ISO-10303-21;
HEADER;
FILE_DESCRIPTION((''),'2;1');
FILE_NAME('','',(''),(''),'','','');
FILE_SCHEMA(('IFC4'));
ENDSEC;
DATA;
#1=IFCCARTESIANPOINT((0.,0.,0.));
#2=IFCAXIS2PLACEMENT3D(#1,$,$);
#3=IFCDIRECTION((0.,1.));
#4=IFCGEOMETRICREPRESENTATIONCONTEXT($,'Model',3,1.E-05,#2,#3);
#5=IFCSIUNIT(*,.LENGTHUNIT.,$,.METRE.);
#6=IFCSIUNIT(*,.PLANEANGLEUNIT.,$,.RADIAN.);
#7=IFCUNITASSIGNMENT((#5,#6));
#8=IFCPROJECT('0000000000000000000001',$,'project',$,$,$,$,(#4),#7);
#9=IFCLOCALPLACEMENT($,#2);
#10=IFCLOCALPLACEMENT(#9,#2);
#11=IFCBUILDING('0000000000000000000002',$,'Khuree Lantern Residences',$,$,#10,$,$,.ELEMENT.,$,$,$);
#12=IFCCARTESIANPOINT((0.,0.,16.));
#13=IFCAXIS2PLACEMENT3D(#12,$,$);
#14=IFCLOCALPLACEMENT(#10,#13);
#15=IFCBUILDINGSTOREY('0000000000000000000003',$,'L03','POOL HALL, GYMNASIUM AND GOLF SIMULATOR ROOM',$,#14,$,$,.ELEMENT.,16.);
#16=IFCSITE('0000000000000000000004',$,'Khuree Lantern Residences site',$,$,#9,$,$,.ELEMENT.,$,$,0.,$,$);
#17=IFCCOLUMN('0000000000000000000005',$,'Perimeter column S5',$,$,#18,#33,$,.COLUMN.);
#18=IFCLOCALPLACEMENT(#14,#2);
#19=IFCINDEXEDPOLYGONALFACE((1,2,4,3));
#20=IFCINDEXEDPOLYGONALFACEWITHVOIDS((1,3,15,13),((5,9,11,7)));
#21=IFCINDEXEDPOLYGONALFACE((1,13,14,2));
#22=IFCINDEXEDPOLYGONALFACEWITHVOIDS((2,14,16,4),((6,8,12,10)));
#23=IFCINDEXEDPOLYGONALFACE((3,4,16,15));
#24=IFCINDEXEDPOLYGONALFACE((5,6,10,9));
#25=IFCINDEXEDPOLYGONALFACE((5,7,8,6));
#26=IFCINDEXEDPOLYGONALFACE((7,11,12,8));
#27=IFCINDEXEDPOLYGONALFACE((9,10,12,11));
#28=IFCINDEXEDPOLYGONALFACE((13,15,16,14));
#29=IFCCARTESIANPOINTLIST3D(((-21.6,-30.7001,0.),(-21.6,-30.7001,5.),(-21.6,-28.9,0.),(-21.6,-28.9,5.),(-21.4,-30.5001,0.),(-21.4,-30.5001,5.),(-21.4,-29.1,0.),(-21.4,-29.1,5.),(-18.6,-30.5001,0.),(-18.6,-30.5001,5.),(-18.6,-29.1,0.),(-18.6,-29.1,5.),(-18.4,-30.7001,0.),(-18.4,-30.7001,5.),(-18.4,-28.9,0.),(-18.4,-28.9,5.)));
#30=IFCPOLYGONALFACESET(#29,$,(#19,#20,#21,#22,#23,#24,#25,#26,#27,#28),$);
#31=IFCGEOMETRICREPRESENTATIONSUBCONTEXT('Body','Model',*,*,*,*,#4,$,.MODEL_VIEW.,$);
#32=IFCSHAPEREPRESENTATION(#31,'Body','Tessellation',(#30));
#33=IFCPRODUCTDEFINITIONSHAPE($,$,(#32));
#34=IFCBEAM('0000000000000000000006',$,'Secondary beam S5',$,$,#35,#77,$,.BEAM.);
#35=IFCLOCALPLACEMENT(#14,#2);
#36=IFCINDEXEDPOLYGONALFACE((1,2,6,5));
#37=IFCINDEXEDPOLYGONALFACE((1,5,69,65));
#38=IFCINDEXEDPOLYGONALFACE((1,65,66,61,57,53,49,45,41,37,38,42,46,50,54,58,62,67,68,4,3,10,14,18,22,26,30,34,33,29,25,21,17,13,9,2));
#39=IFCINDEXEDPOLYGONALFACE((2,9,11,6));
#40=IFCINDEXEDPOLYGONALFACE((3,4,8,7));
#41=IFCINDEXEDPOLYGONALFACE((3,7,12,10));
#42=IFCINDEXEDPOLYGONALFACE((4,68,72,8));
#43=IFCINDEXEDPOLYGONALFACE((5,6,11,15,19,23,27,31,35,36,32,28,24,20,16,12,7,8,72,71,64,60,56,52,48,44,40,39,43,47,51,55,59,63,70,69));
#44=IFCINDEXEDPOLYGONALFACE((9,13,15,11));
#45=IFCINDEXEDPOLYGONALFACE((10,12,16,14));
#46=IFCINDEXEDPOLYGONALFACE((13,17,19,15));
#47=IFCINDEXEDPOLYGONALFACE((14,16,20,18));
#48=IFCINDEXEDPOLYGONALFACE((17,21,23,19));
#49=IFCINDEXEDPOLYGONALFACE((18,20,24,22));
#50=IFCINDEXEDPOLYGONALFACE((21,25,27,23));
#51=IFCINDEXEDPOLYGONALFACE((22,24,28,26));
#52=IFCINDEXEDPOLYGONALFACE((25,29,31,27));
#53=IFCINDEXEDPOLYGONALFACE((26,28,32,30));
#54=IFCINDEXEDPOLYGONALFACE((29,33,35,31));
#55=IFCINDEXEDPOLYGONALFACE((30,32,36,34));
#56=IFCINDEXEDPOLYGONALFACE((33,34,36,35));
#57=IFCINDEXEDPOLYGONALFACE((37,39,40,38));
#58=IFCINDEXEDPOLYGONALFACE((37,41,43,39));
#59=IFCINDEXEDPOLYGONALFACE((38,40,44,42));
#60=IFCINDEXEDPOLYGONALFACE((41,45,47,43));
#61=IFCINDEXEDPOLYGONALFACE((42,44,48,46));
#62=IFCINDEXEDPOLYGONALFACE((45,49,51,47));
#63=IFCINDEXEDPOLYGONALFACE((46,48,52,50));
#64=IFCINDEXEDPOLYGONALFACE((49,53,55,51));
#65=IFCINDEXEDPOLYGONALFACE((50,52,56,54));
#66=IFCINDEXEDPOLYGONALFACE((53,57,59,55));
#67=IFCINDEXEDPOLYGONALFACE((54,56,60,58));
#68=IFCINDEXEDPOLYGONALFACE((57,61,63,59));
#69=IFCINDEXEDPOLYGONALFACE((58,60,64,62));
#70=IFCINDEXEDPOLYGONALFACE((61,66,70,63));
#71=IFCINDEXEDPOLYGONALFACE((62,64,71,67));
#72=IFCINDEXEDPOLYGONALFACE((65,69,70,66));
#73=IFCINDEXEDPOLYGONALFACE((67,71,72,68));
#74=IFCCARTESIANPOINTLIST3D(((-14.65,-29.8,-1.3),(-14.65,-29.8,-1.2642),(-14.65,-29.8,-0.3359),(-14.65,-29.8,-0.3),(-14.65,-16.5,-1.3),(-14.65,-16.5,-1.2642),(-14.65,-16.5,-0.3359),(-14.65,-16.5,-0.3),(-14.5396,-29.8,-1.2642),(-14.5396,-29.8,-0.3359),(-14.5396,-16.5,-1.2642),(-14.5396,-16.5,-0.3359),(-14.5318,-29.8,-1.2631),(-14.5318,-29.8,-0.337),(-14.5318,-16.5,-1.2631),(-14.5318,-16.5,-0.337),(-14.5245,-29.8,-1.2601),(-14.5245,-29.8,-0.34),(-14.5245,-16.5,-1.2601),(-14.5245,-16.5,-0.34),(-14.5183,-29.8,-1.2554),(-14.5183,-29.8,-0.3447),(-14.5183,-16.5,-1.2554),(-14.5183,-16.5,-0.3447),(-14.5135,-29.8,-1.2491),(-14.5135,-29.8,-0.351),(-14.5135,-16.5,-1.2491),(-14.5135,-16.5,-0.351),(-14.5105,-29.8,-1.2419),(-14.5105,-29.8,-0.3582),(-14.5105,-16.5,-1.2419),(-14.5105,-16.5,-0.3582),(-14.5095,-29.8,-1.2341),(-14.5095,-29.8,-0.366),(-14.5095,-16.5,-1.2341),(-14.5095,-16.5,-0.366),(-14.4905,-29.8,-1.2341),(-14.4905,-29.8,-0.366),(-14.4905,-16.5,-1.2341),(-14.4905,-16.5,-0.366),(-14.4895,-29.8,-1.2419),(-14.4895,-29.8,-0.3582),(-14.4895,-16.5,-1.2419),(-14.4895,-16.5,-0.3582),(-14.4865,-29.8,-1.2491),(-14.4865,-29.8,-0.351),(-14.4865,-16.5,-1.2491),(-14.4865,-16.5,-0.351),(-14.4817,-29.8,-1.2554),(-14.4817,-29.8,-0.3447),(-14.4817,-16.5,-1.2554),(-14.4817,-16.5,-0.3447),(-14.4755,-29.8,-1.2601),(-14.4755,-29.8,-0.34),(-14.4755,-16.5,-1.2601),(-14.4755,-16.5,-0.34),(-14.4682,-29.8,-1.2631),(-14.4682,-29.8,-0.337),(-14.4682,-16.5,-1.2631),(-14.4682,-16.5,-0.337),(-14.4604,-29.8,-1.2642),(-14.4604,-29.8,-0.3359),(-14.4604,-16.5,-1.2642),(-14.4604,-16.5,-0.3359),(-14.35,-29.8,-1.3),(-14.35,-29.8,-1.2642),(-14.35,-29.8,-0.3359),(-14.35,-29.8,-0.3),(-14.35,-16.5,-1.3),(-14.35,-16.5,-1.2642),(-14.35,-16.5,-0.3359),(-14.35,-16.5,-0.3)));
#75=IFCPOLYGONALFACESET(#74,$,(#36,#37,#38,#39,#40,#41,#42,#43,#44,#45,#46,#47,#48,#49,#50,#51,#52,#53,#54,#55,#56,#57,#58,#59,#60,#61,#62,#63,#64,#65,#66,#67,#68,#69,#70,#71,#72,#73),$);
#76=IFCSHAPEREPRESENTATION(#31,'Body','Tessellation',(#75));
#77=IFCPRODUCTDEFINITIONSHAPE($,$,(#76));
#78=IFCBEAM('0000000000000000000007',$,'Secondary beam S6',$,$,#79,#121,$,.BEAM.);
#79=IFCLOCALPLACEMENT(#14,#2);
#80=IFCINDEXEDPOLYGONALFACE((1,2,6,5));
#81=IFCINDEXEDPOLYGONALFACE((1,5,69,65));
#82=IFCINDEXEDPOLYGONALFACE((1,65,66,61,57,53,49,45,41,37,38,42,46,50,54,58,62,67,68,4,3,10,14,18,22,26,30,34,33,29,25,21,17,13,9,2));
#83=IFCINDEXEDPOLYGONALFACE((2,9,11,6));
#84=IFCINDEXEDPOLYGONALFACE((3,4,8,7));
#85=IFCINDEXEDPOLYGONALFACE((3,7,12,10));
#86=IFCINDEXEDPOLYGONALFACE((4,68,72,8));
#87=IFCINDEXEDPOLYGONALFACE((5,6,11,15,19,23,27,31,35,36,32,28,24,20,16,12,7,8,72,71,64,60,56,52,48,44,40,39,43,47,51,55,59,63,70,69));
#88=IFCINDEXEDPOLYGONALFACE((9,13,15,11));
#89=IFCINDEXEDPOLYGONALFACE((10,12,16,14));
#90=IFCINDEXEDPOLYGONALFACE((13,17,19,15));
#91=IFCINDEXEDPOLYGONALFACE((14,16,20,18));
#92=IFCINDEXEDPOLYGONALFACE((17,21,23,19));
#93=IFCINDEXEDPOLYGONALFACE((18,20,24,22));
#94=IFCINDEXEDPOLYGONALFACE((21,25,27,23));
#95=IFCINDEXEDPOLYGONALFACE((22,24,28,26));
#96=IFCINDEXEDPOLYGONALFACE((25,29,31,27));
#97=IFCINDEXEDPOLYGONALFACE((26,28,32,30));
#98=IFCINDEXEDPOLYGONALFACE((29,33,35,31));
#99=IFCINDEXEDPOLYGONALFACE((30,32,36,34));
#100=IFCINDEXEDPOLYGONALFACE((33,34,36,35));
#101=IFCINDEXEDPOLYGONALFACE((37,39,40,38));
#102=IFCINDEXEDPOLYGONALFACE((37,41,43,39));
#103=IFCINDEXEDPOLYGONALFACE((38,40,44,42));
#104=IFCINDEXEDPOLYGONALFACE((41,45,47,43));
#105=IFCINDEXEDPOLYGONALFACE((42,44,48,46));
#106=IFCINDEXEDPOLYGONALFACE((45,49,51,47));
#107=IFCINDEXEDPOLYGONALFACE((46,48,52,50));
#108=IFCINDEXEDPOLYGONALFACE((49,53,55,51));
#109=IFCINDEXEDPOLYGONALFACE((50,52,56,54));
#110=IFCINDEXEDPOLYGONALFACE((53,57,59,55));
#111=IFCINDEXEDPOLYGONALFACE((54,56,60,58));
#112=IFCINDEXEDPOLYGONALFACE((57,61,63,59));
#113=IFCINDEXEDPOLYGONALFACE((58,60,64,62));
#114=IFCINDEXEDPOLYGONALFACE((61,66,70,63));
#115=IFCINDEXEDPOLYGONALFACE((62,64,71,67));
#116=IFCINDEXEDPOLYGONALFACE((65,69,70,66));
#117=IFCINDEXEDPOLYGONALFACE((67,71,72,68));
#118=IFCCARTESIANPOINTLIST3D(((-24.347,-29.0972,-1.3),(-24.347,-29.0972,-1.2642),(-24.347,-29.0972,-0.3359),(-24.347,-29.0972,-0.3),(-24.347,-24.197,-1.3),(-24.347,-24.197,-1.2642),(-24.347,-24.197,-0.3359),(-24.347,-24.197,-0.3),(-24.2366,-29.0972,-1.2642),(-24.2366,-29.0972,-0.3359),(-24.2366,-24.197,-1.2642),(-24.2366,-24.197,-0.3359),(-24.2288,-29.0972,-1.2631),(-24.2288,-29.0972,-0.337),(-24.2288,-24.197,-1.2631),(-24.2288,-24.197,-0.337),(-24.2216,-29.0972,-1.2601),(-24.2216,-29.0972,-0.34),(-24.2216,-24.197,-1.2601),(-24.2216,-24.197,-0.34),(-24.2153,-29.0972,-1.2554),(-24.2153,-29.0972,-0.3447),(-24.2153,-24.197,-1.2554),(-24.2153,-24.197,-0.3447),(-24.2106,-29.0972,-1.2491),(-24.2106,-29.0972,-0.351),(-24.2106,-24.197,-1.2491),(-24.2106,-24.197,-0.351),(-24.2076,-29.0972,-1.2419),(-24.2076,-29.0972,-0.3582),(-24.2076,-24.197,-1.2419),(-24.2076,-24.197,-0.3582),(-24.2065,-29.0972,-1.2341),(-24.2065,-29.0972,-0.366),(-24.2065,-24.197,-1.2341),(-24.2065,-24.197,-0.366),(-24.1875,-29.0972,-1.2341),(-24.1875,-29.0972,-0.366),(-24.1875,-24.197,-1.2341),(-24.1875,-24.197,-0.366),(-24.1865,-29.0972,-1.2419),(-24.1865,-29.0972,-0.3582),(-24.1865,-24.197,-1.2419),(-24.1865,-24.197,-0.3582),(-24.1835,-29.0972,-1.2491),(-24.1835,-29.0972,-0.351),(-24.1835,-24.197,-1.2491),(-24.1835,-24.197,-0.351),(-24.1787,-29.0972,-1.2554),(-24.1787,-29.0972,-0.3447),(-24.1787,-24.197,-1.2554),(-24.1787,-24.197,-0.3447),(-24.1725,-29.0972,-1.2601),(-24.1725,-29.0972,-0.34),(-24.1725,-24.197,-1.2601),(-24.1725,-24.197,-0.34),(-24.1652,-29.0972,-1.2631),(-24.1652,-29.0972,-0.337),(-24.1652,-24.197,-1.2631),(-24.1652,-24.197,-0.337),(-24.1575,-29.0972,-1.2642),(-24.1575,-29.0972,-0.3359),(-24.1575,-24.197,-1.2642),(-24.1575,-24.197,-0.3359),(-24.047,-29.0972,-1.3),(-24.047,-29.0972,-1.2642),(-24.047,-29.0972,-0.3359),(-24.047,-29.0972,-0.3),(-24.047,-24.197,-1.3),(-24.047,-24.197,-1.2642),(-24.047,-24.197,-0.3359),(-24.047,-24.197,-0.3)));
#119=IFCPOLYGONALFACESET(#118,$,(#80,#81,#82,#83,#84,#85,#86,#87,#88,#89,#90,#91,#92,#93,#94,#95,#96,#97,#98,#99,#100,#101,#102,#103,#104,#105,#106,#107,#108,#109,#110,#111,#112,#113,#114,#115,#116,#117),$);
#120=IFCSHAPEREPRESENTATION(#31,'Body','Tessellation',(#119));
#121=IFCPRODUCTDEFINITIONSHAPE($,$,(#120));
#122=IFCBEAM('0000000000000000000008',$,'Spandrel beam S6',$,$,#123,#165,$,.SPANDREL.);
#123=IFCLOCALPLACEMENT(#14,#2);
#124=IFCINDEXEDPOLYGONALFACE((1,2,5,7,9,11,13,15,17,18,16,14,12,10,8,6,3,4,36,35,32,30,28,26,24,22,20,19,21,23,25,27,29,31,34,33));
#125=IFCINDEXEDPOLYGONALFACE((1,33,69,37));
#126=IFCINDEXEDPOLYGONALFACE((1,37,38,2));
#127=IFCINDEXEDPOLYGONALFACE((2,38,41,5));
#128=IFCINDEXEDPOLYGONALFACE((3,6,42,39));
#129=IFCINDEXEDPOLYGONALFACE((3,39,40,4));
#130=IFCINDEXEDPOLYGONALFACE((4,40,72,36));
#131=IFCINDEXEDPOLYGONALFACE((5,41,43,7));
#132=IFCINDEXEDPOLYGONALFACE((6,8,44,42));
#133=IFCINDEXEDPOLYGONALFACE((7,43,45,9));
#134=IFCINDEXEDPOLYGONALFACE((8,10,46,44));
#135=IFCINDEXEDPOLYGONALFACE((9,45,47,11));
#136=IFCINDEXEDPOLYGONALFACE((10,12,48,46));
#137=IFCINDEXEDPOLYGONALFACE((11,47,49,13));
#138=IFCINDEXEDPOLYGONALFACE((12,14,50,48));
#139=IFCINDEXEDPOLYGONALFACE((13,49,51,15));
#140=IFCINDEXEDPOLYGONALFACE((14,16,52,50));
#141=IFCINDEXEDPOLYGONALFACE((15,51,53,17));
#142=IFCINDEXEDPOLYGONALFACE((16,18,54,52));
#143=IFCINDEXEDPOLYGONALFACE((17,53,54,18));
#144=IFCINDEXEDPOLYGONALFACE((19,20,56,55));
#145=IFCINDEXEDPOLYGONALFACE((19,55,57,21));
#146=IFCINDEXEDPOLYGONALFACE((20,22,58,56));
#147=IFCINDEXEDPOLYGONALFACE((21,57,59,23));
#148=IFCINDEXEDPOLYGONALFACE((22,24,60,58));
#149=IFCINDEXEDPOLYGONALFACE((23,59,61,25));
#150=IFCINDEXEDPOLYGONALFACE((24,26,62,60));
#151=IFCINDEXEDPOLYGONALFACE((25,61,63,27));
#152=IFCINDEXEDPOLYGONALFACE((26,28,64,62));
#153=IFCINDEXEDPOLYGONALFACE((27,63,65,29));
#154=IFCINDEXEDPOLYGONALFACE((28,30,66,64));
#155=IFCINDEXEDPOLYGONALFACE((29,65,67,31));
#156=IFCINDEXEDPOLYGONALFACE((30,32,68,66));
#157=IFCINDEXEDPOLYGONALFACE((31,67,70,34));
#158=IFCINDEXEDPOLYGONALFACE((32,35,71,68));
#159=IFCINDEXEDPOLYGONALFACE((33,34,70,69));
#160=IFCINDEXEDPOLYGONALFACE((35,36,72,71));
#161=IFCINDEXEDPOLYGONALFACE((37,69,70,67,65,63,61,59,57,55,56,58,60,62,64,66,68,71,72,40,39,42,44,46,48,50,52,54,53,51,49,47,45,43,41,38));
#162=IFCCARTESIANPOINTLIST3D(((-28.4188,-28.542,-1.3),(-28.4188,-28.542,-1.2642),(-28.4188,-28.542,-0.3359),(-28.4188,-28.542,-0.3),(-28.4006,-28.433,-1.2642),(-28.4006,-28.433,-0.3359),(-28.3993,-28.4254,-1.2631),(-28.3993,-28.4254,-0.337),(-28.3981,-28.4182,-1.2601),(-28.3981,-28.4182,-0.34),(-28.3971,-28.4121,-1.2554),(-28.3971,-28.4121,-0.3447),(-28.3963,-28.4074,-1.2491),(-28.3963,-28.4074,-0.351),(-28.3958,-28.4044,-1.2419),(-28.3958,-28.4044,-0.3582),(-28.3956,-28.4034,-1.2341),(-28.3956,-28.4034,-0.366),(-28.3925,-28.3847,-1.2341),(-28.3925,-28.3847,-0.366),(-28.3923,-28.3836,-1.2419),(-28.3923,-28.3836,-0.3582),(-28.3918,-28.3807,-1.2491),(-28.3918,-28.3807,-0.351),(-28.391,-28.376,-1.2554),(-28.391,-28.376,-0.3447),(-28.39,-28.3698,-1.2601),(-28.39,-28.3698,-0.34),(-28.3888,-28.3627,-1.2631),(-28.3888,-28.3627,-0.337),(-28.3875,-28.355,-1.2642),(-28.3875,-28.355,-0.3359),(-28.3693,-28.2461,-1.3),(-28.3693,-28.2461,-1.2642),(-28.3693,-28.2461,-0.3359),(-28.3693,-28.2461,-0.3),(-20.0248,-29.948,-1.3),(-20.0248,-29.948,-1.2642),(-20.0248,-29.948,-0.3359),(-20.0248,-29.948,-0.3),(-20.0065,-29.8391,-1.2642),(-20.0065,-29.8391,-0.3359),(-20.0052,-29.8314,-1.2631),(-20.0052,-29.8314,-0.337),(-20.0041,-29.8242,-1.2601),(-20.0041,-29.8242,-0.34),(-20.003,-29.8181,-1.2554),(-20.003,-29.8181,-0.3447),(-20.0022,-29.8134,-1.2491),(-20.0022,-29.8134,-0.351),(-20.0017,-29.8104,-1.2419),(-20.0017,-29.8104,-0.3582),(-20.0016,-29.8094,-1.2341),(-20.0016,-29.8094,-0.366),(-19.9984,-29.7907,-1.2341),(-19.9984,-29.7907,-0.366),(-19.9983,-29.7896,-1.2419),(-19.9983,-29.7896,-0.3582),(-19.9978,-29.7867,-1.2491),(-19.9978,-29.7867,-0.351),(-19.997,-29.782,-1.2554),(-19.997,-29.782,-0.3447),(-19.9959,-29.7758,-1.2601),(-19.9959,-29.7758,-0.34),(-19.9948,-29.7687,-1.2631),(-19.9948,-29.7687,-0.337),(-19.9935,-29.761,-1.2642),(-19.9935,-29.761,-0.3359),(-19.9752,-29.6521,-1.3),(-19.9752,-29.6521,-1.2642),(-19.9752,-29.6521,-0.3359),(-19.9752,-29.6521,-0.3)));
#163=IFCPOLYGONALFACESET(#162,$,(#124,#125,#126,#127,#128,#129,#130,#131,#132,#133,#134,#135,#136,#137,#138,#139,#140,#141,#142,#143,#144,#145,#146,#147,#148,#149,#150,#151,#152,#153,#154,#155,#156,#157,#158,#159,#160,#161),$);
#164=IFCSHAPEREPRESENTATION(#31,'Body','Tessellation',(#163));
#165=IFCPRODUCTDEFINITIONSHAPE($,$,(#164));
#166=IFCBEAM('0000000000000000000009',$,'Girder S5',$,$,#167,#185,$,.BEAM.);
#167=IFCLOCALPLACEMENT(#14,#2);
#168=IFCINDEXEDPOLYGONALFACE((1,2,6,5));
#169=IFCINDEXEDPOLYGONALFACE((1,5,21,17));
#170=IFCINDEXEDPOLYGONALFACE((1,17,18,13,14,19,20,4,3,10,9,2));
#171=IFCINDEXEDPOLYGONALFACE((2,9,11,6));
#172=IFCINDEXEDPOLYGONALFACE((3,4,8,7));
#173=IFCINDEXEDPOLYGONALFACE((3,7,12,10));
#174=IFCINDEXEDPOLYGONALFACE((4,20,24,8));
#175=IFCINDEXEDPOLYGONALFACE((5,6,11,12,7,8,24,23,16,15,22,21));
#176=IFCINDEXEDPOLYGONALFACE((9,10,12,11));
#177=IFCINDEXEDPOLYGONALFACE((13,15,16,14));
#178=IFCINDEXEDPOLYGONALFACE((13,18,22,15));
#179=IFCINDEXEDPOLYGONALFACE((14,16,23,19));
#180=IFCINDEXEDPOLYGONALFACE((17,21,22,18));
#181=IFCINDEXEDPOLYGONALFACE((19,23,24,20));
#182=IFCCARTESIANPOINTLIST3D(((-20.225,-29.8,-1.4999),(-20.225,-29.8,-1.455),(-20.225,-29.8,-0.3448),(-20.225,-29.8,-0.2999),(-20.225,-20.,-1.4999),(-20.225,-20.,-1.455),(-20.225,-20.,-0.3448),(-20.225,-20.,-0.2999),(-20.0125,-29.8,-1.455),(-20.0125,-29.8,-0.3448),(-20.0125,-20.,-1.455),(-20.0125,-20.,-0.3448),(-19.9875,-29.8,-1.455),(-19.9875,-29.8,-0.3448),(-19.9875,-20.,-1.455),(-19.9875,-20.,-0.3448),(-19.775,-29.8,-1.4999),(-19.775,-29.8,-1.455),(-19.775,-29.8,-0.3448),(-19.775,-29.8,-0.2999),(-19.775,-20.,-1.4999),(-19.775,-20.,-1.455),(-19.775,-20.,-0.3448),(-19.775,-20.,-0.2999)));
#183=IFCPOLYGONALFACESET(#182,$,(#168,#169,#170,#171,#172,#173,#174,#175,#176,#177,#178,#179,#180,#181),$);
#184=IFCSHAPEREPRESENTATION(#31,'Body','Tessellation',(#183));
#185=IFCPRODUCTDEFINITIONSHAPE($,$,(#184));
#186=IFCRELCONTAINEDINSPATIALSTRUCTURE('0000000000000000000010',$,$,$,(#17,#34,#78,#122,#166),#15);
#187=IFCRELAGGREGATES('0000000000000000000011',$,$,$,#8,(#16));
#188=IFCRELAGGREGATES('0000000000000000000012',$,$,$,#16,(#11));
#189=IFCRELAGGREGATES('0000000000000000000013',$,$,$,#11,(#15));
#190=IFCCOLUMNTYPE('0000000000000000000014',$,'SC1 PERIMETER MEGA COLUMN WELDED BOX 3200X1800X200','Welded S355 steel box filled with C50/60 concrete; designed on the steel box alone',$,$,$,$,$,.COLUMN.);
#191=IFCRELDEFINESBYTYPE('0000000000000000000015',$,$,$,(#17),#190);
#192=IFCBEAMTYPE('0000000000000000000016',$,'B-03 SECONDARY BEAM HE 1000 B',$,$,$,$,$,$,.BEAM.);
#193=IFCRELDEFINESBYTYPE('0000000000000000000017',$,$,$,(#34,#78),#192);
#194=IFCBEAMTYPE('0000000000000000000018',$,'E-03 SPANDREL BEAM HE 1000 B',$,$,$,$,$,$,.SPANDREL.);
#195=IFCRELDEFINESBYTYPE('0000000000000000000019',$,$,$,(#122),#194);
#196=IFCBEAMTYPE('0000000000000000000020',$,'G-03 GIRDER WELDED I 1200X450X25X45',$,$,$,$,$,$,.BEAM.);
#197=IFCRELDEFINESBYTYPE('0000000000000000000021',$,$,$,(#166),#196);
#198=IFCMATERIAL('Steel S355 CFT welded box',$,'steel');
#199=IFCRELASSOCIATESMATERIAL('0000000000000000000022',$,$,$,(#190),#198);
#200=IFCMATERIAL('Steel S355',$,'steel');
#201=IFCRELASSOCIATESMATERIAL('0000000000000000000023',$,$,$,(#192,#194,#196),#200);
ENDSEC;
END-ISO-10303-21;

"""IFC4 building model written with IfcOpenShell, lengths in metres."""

from ifc_helpers import new_model, si_unit, direction, frame, origin, origin_2d, place, context, subcontext, project, spatial, hollow_rectangle, i_section, extrude, material, material_profile, profile_set, type_object, element, save


model = new_model("IFC4")

# Units and contexts
model_context = context("Model", 3, precision=1e-05, world=origin(), true_north=direction((0.0, 1.0)))
body_context = subcontext(model_context, "Body", "Model", "MODEL_VIEW")
ifc_project = project(units=[si_unit("LENGTHUNIT", "METRE"), si_unit("PLANEANGLEUNIT", "RADIAN")], contexts=[model_context])

# Site, building, storey
site_placement = place(None, origin())
site = spatial("IfcSite", under=ifc_project, at=site_placement, Name="Khuree Lantern Residences site", CompositionType="ELEMENT", RefElevation=0.0)
building_placement = place(site_placement, origin())
building = spatial("IfcBuilding", under=site, at=building_placement, Name="Khuree Lantern Residences", CompositionType="ELEMENT")
storey_placement = place(building_placement, frame((0.0, 0.0, 16.0)))
storey = spatial("IfcBuildingStorey", under=building, at=storey_placement, Name="L03", Description="POOL HALL, GYMNASIUM AND GOLF SIMULATOR ROOM", CompositionType="ELEMENT", Elevation=16.0)

# Column
ifc_material_1 = material(Name="Steel S355 CFT welded box", Category="steel")
ifc_material_profile_1 = material_profile(ifc_material_1, hollow_rectangle(XDim=3.2, YDim=1.8, WallThickness=0.2, at=origin_2d()), Name="WELDED BOX 3200X1800X200")
ifc_profile_set_1 = profile_set([ifc_material_profile_1], Name="Steel S355 CFT welded box")
column_type = type_object("IfcColumnType", Name="SC1 PERIMETER MEGA COLUMN WELDED BOX 3200X1800X200", Description="Welded S355 steel box filled with C50/60 concrete; designed on the steel box alone", PredefinedType="COLUMN", material=ifc_profile_set_1)
column_placement = place(storey_placement, frame((-20.0, -29.8, 0.0), z_axis=(0.0, 0.0, 1.0), x_axis=(1.0, 0.0, 0.0)))
element("IfcColumn", 1, at=column_placement, inside=storey, type_object=column_type, Name="Perimeter column S5", PredefinedType="COLUMN", context=body_context, shape_type="SweptSolid", body=[
    extrude(hollow_rectangle(XDim=3.2, YDim=1.8, WallThickness=0.2, at=origin_2d()), origin(), (0.0, 0.0, 1.0), 5.0),
])

# Beams
ifc_material_2 = material(Name="Steel S355", Category="steel")
ifc_material_profile_2 = material_profile(ifc_material_2, i_section(OverallWidth=0.3, OverallDepth=1.0, WebThickness=0.019, FlangeThickness=0.0359, FilletRadius=0.03, at=origin_2d()), Name="HE 1000 B")
ifc_profile_set_2 = profile_set([ifc_material_profile_2], Name="Steel S355")
beam_type_1 = type_object("IfcBeamType", Name="B-03 SECONDARY BEAM HE 1000 B", PredefinedType="BEAM", material=ifc_profile_set_2)
beam_1_placement = place(storey_placement, frame((-14.5, -29.8, -0.8), z_axis=(0.0, 1.0, 0.0), x_axis=(-1.0, 0.0, 0.0)))
element("IfcBeam", 2, at=beam_1_placement, inside=storey, type_object=beam_type_1, Name="Secondary beam S5", PredefinedType="BEAM", context=body_context, shape_type="SweptSolid", body=[
    extrude(i_section(OverallWidth=0.3, OverallDepth=1.0, WebThickness=0.019, FlangeThickness=0.0359, FilletRadius=0.03, at=origin_2d()), origin(), (0.0, 0.0, 1.0), 13.3),
])
beam_2_placement = place(storey_placement, frame((-24.197, -29.0972, -0.8), z_axis=(0.0, 1.0, 0.0), x_axis=(-1.0, 0.0, 0.0)))
element("IfcBeam", 3, at=beam_2_placement, inside=storey, type_object=beam_type_1, Name="Secondary beam S6", PredefinedType="BEAM", context=body_context, shape_type="SweptSolid", body=[
    extrude(i_section(OverallWidth=0.3, OverallDepth=1.0, WebThickness=0.019, FlangeThickness=0.0359, FilletRadius=0.03, at=origin_2d()), origin(), (0.0, 0.0, 1.0), 4.9001),
])
ifc_material_profile_3 = material_profile(ifc_material_2, i_section(OverallWidth=0.3, OverallDepth=1.0, WebThickness=0.019, FlangeThickness=0.0359, FilletRadius=0.03, at=origin_2d()), Name="HE 1000 B")
ifc_profile_set_3 = profile_set([ifc_material_profile_3], Name="Steel S355")
beam_type_2 = type_object("IfcBeamType", Name="E-03 SPANDREL BEAM HE 1000 B", PredefinedType="SPANDREL", material=ifc_profile_set_3)
beam_3_placement = place(storey_placement, frame((-20.0, -29.8, -0.8), z_axis=(-0.98626, 0.165199, 0.0), x_axis=(-0.165199, -0.98626, 0.0)))
element("IfcBeam", 4, at=beam_3_placement, inside=storey, type_object=beam_type_2, Name="Spandrel beam S6", PredefinedType="SPANDREL", context=body_context, shape_type="SweptSolid", body=[
    extrude(i_section(OverallWidth=0.3, OverallDepth=1.0, WebThickness=0.019, FlangeThickness=0.0359, FilletRadius=0.03, at=origin_2d()), origin(), (0.0, 0.0, 1.0), 8.511),
])
ifc_material_profile_4 = material_profile(ifc_material_2, i_section(OverallWidth=0.45, OverallDepth=1.2, WebThickness=0.0249, FlangeThickness=0.0449, at=origin_2d()), Name="WELDED I 1200X450X25X45")
ifc_profile_set_4 = profile_set([ifc_material_profile_4], Name="Steel S355")
beam_type_3 = type_object("IfcBeamType", Name="G-03 GIRDER WELDED I 1200X450X25X45", PredefinedType="BEAM", material=ifc_profile_set_4)
beam_4_placement = place(storey_placement, frame((-20.0, -29.8, -0.8999), z_axis=(0.0, 1.0, 0.0), x_axis=(-1.0, 0.0, 0.0)))
element("IfcBeam", 5, at=beam_4_placement, inside=storey, type_object=beam_type_3, Name="Girder S5", PredefinedType="BEAM", context=body_context, shape_type="SweptSolid", body=[
    extrude(i_section(OverallWidth=0.45, OverallDepth=1.2, WebThickness=0.0249, FlangeThickness=0.0449, at=origin_2d()), origin(), (0.0, 0.0, 1.0), 9.8),
])

save(model, "model.ifc")
